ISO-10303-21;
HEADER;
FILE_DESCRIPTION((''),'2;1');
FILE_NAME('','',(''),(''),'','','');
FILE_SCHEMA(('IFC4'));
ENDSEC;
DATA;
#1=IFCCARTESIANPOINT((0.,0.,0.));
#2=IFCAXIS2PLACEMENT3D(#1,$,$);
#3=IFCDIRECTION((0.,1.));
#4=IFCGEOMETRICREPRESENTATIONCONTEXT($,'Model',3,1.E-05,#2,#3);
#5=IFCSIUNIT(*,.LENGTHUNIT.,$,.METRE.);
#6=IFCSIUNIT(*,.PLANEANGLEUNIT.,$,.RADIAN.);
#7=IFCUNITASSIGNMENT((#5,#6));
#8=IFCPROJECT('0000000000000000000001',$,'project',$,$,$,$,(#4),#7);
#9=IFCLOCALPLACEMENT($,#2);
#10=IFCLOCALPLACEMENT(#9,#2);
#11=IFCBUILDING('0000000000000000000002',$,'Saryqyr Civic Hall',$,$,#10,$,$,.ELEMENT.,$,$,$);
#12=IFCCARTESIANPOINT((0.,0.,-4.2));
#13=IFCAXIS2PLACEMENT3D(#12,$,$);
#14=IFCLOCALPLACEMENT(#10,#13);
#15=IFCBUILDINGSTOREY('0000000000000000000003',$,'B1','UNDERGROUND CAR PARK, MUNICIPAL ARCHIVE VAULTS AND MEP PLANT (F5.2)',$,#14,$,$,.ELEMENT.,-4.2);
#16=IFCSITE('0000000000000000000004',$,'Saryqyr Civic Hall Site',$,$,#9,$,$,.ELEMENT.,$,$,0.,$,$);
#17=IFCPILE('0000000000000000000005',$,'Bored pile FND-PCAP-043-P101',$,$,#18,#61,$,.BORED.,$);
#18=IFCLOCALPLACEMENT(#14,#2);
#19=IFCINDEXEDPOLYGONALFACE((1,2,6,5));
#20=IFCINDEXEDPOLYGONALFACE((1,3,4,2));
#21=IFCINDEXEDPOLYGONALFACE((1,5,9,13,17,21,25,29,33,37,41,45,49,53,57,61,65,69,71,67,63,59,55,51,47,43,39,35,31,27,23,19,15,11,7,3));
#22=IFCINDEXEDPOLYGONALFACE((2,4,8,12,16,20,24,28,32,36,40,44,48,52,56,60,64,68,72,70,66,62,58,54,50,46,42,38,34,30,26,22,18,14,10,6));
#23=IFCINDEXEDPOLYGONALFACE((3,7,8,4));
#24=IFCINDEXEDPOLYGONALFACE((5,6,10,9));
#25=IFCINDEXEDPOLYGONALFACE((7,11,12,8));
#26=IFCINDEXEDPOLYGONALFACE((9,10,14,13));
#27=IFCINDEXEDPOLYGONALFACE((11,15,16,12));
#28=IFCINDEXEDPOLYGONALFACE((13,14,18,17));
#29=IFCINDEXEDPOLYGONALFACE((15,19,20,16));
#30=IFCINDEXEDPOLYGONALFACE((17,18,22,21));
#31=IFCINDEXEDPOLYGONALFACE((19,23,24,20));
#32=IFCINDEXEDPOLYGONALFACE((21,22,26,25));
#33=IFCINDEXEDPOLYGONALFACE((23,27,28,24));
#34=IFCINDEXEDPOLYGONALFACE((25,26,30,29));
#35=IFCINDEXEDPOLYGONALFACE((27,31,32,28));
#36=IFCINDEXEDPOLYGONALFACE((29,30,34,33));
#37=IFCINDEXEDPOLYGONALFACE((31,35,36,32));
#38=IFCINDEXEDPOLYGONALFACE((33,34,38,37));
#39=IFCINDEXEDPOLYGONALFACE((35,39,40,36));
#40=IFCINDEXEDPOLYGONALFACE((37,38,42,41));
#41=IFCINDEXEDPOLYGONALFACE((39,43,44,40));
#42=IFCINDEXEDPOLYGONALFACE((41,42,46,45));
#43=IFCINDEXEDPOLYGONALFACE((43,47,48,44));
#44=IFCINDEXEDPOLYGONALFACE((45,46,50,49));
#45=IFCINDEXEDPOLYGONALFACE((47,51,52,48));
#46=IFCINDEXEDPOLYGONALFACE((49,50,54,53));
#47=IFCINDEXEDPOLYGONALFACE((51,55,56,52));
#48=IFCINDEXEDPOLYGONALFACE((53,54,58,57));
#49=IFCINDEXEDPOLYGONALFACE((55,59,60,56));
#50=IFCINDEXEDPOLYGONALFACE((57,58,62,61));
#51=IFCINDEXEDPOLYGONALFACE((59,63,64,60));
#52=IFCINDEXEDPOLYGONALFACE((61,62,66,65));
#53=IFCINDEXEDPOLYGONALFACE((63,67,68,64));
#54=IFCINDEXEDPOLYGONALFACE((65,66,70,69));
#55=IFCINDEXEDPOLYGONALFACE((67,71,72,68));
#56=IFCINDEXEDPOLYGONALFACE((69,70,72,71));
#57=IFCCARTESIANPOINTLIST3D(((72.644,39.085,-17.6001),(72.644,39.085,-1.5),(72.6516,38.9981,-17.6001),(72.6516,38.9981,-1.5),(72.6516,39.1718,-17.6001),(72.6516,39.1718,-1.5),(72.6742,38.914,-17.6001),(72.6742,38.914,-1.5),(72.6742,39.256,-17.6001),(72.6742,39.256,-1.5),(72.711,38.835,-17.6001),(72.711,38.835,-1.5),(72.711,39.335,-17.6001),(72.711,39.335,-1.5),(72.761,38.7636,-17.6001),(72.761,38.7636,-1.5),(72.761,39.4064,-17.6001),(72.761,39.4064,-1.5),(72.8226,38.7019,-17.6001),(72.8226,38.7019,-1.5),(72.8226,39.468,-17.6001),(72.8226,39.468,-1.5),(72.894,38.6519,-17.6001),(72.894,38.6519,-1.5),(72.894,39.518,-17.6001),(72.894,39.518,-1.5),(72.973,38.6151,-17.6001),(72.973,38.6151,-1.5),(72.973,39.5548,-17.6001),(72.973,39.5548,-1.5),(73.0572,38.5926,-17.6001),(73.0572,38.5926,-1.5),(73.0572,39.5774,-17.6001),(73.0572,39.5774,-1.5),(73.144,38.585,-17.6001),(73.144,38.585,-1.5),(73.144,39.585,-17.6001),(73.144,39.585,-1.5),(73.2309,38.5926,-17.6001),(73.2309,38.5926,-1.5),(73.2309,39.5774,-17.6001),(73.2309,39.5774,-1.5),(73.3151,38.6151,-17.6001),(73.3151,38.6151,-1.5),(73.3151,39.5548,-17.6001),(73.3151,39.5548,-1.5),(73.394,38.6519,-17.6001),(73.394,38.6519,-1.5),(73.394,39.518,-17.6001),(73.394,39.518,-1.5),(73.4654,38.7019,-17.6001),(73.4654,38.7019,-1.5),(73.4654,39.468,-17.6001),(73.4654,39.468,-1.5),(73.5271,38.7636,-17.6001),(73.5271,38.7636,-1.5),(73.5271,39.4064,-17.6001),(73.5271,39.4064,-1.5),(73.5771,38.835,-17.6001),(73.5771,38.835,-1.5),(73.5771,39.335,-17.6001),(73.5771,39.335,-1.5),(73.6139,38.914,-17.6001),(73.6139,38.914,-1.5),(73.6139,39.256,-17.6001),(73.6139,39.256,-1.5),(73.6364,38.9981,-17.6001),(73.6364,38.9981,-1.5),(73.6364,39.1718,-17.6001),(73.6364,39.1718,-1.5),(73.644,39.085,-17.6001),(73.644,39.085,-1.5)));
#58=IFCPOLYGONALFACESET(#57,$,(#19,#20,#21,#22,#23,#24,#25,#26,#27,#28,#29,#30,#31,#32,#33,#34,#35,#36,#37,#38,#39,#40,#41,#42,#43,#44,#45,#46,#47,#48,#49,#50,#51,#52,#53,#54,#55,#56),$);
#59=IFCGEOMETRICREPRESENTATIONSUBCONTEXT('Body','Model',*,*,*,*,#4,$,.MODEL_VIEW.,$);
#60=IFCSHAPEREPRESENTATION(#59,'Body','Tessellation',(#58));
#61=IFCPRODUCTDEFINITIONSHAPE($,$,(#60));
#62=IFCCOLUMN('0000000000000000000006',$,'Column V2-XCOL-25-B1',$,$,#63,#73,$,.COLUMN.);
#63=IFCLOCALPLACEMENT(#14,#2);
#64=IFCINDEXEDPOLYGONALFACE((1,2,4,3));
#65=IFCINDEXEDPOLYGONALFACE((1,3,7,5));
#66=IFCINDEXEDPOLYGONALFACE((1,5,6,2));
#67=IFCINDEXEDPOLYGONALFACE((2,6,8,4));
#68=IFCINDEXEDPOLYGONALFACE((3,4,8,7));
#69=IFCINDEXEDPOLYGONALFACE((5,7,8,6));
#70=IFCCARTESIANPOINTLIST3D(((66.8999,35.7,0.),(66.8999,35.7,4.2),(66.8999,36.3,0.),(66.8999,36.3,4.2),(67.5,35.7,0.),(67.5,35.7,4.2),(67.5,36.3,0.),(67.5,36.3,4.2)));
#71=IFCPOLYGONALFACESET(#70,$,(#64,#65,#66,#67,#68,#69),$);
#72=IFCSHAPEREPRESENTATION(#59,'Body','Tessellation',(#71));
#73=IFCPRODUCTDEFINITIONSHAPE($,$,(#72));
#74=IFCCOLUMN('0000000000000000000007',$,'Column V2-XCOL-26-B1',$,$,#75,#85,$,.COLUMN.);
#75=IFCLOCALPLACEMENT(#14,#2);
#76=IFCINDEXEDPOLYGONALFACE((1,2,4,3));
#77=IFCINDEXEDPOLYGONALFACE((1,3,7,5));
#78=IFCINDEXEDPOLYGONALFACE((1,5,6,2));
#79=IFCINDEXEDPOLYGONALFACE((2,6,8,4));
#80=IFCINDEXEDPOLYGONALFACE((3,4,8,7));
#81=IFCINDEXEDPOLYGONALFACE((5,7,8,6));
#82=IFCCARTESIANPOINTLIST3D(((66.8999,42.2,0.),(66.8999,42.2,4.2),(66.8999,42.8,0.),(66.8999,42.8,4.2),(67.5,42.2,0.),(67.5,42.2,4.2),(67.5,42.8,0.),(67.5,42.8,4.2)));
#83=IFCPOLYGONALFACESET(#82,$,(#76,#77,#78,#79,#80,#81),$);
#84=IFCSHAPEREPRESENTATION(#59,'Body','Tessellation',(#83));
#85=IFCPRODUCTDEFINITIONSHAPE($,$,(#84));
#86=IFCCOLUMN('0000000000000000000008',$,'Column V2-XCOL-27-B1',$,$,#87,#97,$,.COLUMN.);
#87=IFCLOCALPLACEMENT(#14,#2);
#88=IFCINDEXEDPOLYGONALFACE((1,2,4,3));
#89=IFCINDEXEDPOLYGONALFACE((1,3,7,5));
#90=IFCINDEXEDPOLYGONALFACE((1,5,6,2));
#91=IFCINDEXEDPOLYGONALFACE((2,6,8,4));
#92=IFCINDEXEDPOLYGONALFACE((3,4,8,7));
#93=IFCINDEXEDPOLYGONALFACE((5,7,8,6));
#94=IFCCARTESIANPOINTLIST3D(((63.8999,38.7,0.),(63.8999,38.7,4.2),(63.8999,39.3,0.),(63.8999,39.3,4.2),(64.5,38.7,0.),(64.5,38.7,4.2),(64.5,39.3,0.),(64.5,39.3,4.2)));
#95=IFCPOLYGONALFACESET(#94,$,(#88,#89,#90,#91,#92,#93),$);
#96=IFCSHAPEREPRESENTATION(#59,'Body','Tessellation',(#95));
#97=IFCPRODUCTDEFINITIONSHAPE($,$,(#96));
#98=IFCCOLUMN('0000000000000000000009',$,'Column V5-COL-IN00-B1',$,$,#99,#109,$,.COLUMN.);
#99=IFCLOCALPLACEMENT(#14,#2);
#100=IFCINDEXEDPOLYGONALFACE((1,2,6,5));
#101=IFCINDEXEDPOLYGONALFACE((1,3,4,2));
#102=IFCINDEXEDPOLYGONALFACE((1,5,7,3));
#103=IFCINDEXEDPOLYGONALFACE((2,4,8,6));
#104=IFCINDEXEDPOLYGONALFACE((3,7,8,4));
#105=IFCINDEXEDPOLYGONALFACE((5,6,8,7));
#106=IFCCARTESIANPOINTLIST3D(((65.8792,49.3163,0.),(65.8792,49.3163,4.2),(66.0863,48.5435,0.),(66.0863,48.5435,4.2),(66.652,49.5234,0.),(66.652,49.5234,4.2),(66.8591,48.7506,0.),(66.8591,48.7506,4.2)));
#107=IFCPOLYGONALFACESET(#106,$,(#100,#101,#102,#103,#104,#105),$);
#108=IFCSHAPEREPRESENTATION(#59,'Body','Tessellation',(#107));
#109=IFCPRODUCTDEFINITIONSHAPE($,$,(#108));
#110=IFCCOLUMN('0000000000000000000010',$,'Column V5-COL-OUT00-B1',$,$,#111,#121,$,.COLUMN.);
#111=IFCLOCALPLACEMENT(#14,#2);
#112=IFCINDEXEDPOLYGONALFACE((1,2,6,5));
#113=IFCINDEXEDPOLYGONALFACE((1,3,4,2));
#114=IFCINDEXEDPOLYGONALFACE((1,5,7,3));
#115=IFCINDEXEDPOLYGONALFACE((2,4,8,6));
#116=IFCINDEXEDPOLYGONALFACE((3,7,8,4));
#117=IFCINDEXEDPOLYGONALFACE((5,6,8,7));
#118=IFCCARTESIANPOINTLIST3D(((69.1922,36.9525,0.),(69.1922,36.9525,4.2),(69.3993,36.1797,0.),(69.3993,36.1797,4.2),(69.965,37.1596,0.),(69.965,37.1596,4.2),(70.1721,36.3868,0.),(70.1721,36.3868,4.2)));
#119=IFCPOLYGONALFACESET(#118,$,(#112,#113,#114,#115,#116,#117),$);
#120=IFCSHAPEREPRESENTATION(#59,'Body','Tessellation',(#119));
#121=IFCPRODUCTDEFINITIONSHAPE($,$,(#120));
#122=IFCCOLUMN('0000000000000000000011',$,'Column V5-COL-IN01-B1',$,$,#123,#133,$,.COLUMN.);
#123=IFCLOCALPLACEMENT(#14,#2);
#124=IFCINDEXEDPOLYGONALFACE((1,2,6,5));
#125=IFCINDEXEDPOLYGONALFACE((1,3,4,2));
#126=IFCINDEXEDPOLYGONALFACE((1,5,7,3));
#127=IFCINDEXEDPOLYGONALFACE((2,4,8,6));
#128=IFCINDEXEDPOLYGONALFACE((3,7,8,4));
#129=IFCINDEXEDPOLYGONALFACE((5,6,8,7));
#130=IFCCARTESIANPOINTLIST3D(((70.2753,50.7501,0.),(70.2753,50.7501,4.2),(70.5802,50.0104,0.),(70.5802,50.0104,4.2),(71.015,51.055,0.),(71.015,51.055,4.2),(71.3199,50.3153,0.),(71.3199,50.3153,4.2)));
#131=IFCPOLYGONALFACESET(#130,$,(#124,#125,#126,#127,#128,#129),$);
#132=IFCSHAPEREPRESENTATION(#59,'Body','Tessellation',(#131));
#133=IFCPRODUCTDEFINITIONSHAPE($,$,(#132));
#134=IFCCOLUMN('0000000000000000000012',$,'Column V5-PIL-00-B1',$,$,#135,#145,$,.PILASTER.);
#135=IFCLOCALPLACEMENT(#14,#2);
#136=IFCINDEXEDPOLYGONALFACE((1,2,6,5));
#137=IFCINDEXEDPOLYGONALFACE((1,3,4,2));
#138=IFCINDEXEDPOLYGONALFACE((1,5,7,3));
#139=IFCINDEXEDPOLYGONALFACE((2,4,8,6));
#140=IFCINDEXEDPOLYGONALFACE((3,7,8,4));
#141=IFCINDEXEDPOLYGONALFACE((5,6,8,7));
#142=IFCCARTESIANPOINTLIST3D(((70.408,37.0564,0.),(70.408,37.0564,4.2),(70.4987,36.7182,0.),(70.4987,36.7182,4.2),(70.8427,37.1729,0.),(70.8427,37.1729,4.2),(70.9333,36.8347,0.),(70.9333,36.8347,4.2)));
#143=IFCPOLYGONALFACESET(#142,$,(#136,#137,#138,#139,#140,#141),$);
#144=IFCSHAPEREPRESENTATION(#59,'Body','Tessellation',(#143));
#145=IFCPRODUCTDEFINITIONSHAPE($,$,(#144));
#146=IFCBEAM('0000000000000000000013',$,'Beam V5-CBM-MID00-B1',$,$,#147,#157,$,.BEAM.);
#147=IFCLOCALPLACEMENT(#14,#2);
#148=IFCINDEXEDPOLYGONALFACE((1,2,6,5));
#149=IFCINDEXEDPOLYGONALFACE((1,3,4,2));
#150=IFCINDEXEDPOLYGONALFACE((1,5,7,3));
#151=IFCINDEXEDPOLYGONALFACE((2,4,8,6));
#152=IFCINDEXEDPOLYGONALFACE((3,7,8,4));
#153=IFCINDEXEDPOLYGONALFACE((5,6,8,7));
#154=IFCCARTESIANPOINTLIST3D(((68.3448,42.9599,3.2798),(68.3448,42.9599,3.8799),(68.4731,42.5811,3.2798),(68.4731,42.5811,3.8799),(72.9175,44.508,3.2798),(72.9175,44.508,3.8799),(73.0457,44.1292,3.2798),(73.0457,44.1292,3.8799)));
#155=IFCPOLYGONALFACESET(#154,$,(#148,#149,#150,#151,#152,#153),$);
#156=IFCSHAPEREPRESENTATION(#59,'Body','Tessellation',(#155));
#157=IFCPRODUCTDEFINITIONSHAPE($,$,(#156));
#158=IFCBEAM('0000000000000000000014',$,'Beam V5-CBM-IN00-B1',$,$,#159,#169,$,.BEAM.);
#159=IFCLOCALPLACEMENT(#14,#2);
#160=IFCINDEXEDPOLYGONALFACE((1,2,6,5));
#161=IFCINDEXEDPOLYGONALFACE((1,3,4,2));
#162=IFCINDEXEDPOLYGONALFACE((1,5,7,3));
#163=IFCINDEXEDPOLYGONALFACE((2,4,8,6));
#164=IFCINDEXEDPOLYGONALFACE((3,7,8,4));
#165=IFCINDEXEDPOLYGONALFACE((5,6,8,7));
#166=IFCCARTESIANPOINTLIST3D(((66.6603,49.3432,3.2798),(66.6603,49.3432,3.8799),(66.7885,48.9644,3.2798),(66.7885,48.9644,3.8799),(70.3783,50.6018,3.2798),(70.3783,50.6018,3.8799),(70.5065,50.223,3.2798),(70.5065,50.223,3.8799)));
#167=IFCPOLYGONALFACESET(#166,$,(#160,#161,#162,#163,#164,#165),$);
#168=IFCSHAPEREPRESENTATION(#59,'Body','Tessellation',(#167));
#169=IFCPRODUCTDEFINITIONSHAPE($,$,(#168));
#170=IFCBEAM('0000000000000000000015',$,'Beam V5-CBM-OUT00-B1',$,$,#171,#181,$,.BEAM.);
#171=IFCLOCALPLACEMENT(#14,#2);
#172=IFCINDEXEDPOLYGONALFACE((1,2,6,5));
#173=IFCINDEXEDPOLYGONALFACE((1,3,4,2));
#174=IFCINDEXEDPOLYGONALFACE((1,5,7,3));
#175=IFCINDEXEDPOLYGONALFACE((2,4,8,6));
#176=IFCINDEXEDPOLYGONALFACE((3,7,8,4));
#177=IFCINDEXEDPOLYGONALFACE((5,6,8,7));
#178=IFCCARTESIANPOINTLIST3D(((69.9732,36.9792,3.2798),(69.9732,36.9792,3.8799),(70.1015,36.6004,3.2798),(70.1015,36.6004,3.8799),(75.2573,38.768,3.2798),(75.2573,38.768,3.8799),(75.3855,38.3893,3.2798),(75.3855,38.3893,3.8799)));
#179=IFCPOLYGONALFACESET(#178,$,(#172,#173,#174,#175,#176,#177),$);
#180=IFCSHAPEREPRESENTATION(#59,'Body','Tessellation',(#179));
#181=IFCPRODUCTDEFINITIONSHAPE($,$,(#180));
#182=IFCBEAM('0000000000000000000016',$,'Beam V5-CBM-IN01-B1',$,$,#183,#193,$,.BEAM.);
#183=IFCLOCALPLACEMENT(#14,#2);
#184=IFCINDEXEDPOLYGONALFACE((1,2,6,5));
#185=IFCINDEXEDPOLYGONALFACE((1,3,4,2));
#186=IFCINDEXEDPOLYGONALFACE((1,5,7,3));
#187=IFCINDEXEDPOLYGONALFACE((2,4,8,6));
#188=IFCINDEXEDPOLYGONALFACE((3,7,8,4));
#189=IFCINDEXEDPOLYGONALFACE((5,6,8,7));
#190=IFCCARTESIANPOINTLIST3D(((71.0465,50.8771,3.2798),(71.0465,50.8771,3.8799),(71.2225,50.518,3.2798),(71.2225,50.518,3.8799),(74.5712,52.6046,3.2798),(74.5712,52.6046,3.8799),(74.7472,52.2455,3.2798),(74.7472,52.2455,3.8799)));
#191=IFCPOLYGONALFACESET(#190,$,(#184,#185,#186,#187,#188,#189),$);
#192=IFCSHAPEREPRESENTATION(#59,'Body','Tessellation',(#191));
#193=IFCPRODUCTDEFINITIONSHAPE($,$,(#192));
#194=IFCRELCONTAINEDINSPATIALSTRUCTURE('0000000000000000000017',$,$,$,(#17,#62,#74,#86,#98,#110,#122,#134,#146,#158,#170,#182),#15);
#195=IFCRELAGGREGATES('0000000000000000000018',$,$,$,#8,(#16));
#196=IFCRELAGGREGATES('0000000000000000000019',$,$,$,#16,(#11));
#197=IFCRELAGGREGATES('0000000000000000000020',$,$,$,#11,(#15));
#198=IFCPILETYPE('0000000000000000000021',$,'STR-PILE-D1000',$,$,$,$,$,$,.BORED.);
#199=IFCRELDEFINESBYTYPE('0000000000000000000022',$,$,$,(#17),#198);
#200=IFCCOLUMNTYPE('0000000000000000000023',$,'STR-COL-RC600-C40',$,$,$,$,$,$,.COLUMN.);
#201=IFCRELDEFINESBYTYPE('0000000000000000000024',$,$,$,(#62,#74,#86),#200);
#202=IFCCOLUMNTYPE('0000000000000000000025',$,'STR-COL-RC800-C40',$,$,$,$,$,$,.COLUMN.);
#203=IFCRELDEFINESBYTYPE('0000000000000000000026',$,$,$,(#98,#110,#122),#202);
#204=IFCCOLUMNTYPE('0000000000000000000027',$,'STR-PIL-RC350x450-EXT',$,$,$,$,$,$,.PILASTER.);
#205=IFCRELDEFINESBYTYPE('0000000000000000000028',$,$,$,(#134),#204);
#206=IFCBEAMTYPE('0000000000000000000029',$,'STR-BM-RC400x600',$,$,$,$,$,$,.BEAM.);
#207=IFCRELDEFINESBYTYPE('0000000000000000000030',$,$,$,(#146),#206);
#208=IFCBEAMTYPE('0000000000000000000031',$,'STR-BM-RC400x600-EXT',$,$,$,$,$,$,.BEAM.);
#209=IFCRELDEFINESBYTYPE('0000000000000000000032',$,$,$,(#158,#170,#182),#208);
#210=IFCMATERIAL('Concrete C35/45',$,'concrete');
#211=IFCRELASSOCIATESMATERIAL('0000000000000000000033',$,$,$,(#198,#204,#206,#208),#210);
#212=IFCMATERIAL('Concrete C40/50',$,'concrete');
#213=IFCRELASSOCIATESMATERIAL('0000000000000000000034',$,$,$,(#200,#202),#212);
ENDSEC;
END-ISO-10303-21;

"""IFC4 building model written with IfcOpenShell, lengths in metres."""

from ifc_helpers import new_model, si_unit, direction, frame, origin, origin_2d, place, context, subcontext, project, spatial, rectangle, circle, extrude, material, material_profile, profile_set, type_object, element, save


model = new_model("IFC4")

# Units and contexts
model_context = context("Model", 3, precision=1e-05, world=origin(), true_north=direction((0.0, 1.0)))
body_context = subcontext(model_context, "Body", "Model", "MODEL_VIEW")
ifc_project = project(units=[si_unit("LENGTHUNIT", "METRE"), si_unit("PLANEANGLEUNIT", "RADIAN")], contexts=[model_context])

# Site, building, storey
site_placement = place(None, origin())
site = spatial("IfcSite", under=ifc_project, at=site_placement, Name="Saryqyr Civic Hall Site", CompositionType="ELEMENT", RefElevation=0.0)
building_placement = place(site_placement, origin())
building = spatial("IfcBuilding", under=site, at=building_placement, Name="Saryqyr Civic Hall", CompositionType="ELEMENT")
storey_placement = place(building_placement, frame((0.0, 0.0, -4.2)))
storey = spatial("IfcBuildingStorey", under=building, at=storey_placement, Name="B1", Description="UNDERGROUND CAR PARK, MUNICIPAL ARCHIVE VAULTS AND MEP PLANT (F5.2)", CompositionType="ELEMENT", Elevation=-4.2)

# Pile
ifc_material_1 = material(Name="Concrete C35/45", Category="concrete")
ifc_material_profile_1 = material_profile(ifc_material_1, circle(Radius=0.5, at=origin_2d()), Name="BORED PILE D1000")
ifc_profile_set_1 = profile_set([ifc_material_profile_1], Name="Concrete C35/45")
pile_type = type_object("IfcPileType", Name="STR-PILE-D1000", PredefinedType="BORED", material=ifc_profile_set_1)
for number, where, z_axis, x_axis, name in (
    (1, (73.144, 39.085, -1.5), (0.0, 0.0, -1.0), (1.0, 0.0, 0.0), "Bored pile FND-PCAP-043-P101"),
):
    element("IfcPile", number, at=place(storey_placement, frame(where, z_axis=z_axis, x_axis=x_axis)), inside=storey, type_object=pile_type, Name=name, PredefinedType="BORED", context=body_context, shape_type="SweptSolid", body=[
        extrude(circle(Radius=0.5, at=origin_2d()), origin(), (0.0, 0.0, 1.0), 16.1001),
    ])

# Columns
ifc_material_2 = material(Name="Concrete C40/50", Category="concrete")
ifc_material_profile_2 = material_profile(ifc_material_2, rectangle(XDim=0.6001, YDim=0.6001, at=origin_2d()), Name="RC 600x600")
ifc_profile_set_2 = profile_set([ifc_material_profile_2], Name="Concrete C40/50")
column_type_1 = type_object("IfcColumnType", Name="STR-COL-RC600-C40", PredefinedType="COLUMN", material=ifc_profile_set_2)
for number, where, z_axis, x_axis, name in (
    (2, (67.2, 36.0, 0.0), (0.0, 0.0, 1.0), (1.0, 0.0, 0.0), "Column V2-XCOL-25-B1"),
    (3, (67.2, 42.5, 0.0), (0.0, 0.0, 1.0), (1.0, 0.0, 0.0), "Column V2-XCOL-26-B1"),
    (4, (64.2, 39.0, 0.0), (0.0, 0.0, 1.0), (1.0, 0.0, 0.0), "Column V2-XCOL-27-B1"),
):
    element("IfcColumn", number, at=place(storey_placement, frame(where, z_axis=z_axis, x_axis=x_axis)), inside=storey, type_object=column_type_1, Name=name, PredefinedType="COLUMN", context=body_context, shape_type="SweptSolid", body=[
        extrude(rectangle(XDim=0.6001, YDim=0.6001, at=origin_2d()), origin(), (0.0, 0.0, 1.0), 4.2),
    ])
ifc_material_profile_3 = material_profile(ifc_material_2, rectangle(XDim=0.8, YDim=0.8, at=origin_2d()), Name="RC 800x800")
ifc_profile_set_3 = profile_set([ifc_material_profile_3], Name="Concrete C40/50")
column_type_2 = type_object("IfcColumnType", Name="STR-COL-RC800-C40", PredefinedType="COLUMN", material=ifc_profile_set_3)
for number, where, z_axis, x_axis, name in (
    (5, (66.3691, 49.0334, 0.0), (0.0, 0.0, 1.0), (0.258819, -0.965926, 0.0), "Column V5-COL-IN00-B1"),
    (6, (69.6821, 36.6697, 0.0), (0.0, 0.0, 1.0), (0.258819, -0.965926, 0.0), "Column V5-COL-OUT00-B1"),
    (7, (70.7976, 50.5327, 0.0), (0.0, 0.0, 1.0), (0.38107, -0.924546, 0.0), "Column V5-COL-IN01-B1"),
):
    element("IfcColumn", number, at=place(storey_placement, frame(where, z_axis=z_axis, x_axis=x_axis)), inside=storey, type_object=column_type_2, Name=name, PredefinedType="COLUMN", context=body_context, shape_type="SweptSolid", body=[
        extrude(rectangle(XDim=0.8, YDim=0.8, at=origin_2d()), origin(), (0.0, 0.0, 1.0), 4.2),
    ])
ifc_material_profile_4 = material_profile(ifc_material_1, rectangle(XDim=0.3501, YDim=0.45, at=origin_2d()), Name="RC 350x450")
ifc_profile_set_4 = profile_set([ifc_material_profile_4], Name="Concrete C35/45")
column_type_3 = type_object("IfcColumnType", Name="STR-PIL-RC350x450-EXT", PredefinedType="PILASTER", material=ifc_profile_set_4)
column_1_placement = place(storey_placement, frame((70.6707, 36.9456, 0.0), z_axis=(0.0, 0.0, 1.0), x_axis=(0.258819, -0.965926, 0.0)))
element("IfcColumn", 8, at=column_1_placement, inside=storey, type_object=column_type_3, Name="Column V5-PIL-00-B1", PredefinedType="PILASTER", context=body_context, shape_type="SweptSolid", body=[
    extrude(rectangle(XDim=0.3501, YDim=0.45, at=origin_2d()), origin(), (0.0, 0.0, 1.0), 4.2),
])

# Beams
ifc_material_profile_5 = material_profile(ifc_material_1, rectangle(XDim=0.3999, YDim=0.6001, at=origin_2d()), Name="RC 400x600")
ifc_profile_set_5 = profile_set([ifc_material_profile_5], Name="Concrete C35/45")
beam_type_1 = type_object("IfcBeamType", Name="STR-BM-RC400x600", PredefinedType="BEAM", material=ifc_profile_set_5)
beam_1_placement = place(storey_placement, frame((68.4089, 42.7705, 3.5798), z_axis=(0.947191, 0.320669, 0.0), x_axis=(-0.320669, 0.947191, 0.0)))
element("IfcBeam", 9, at=beam_1_placement, inside=storey, type_object=beam_type_1, Name="Beam V5-CBM-MID00-B1", PredefinedType="BEAM", context=body_context, shape_type="SweptSolid", body=[
    extrude(rectangle(XDim=0.3999, YDim=0.6001, at=origin_2d()), origin(), (0.0, 0.0, 1.0), 4.8276),
])
ifc_material_profile_6 = material_profile(ifc_material_1, rectangle(XDim=0.3999, YDim=0.6001, at=origin_2d()), Name="RC 400x600")
ifc_profile_set_6 = profile_set([ifc_material_profile_6], Name="Concrete C35/45")
beam_type_2 = type_object("IfcBeamType", Name="STR-BM-RC400x600-EXT", PredefinedType="BEAM", material=ifc_profile_set_6)
beam_2_placement = place(storey_placement, frame((66.7244, 49.1538, 3.5798), z_axis=(0.947205, 0.320628, 0.0), x_axis=(-0.320628, 0.947205, 0.0)))
element("IfcBeam", 10, at=beam_2_placement, inside=storey, type_object=beam_type_2, Name="Beam V5-CBM-IN00-B1", PredefinedType="BEAM", context=body_context, shape_type="SweptSolid", body=[
    extrude(rectangle(XDim=0.3999, YDim=0.6001, at=origin_2d()), origin(), (0.0, 0.0, 1.0), 3.9253),
])
beam_3_placement = place(storey_placement, frame((70.0374, 36.7898, 3.5798), z_axis=(0.947194, 0.320662, 0.0), x_axis=(-0.320662, 0.947194, 0.0)))
element("IfcBeam", 11, at=beam_3_placement, inside=storey, type_object=beam_type_2, Name="Beam V5-CBM-OUT00-B1", PredefinedType="BEAM", context=body_context, shape_type="SweptSolid", body=[
    extrude(rectangle(XDim=0.3999, YDim=0.6001, at=origin_2d()), origin(), (0.0, 0.0, 1.0), 5.5786),
])
beam_4_placement = place(storey_placement, frame((71.1345, 50.6975, 3.5798), z_axis=(0.897944, 0.440109, 0.0), x_axis=(-0.440109, 0.897944, 0.0)))
element("IfcBeam", 12, at=beam_4_placement, inside=storey, type_object=beam_type_2, Name="Beam V5-CBM-IN01-B1", PredefinedType="BEAM", context=body_context, shape_type="SweptSolid", body=[
    extrude(rectangle(XDim=0.3999, YDim=0.6001, at=origin_2d()), origin(), (0.0, 0.0, 1.0), 3.9253),
])

save(model, "model.ifc")
